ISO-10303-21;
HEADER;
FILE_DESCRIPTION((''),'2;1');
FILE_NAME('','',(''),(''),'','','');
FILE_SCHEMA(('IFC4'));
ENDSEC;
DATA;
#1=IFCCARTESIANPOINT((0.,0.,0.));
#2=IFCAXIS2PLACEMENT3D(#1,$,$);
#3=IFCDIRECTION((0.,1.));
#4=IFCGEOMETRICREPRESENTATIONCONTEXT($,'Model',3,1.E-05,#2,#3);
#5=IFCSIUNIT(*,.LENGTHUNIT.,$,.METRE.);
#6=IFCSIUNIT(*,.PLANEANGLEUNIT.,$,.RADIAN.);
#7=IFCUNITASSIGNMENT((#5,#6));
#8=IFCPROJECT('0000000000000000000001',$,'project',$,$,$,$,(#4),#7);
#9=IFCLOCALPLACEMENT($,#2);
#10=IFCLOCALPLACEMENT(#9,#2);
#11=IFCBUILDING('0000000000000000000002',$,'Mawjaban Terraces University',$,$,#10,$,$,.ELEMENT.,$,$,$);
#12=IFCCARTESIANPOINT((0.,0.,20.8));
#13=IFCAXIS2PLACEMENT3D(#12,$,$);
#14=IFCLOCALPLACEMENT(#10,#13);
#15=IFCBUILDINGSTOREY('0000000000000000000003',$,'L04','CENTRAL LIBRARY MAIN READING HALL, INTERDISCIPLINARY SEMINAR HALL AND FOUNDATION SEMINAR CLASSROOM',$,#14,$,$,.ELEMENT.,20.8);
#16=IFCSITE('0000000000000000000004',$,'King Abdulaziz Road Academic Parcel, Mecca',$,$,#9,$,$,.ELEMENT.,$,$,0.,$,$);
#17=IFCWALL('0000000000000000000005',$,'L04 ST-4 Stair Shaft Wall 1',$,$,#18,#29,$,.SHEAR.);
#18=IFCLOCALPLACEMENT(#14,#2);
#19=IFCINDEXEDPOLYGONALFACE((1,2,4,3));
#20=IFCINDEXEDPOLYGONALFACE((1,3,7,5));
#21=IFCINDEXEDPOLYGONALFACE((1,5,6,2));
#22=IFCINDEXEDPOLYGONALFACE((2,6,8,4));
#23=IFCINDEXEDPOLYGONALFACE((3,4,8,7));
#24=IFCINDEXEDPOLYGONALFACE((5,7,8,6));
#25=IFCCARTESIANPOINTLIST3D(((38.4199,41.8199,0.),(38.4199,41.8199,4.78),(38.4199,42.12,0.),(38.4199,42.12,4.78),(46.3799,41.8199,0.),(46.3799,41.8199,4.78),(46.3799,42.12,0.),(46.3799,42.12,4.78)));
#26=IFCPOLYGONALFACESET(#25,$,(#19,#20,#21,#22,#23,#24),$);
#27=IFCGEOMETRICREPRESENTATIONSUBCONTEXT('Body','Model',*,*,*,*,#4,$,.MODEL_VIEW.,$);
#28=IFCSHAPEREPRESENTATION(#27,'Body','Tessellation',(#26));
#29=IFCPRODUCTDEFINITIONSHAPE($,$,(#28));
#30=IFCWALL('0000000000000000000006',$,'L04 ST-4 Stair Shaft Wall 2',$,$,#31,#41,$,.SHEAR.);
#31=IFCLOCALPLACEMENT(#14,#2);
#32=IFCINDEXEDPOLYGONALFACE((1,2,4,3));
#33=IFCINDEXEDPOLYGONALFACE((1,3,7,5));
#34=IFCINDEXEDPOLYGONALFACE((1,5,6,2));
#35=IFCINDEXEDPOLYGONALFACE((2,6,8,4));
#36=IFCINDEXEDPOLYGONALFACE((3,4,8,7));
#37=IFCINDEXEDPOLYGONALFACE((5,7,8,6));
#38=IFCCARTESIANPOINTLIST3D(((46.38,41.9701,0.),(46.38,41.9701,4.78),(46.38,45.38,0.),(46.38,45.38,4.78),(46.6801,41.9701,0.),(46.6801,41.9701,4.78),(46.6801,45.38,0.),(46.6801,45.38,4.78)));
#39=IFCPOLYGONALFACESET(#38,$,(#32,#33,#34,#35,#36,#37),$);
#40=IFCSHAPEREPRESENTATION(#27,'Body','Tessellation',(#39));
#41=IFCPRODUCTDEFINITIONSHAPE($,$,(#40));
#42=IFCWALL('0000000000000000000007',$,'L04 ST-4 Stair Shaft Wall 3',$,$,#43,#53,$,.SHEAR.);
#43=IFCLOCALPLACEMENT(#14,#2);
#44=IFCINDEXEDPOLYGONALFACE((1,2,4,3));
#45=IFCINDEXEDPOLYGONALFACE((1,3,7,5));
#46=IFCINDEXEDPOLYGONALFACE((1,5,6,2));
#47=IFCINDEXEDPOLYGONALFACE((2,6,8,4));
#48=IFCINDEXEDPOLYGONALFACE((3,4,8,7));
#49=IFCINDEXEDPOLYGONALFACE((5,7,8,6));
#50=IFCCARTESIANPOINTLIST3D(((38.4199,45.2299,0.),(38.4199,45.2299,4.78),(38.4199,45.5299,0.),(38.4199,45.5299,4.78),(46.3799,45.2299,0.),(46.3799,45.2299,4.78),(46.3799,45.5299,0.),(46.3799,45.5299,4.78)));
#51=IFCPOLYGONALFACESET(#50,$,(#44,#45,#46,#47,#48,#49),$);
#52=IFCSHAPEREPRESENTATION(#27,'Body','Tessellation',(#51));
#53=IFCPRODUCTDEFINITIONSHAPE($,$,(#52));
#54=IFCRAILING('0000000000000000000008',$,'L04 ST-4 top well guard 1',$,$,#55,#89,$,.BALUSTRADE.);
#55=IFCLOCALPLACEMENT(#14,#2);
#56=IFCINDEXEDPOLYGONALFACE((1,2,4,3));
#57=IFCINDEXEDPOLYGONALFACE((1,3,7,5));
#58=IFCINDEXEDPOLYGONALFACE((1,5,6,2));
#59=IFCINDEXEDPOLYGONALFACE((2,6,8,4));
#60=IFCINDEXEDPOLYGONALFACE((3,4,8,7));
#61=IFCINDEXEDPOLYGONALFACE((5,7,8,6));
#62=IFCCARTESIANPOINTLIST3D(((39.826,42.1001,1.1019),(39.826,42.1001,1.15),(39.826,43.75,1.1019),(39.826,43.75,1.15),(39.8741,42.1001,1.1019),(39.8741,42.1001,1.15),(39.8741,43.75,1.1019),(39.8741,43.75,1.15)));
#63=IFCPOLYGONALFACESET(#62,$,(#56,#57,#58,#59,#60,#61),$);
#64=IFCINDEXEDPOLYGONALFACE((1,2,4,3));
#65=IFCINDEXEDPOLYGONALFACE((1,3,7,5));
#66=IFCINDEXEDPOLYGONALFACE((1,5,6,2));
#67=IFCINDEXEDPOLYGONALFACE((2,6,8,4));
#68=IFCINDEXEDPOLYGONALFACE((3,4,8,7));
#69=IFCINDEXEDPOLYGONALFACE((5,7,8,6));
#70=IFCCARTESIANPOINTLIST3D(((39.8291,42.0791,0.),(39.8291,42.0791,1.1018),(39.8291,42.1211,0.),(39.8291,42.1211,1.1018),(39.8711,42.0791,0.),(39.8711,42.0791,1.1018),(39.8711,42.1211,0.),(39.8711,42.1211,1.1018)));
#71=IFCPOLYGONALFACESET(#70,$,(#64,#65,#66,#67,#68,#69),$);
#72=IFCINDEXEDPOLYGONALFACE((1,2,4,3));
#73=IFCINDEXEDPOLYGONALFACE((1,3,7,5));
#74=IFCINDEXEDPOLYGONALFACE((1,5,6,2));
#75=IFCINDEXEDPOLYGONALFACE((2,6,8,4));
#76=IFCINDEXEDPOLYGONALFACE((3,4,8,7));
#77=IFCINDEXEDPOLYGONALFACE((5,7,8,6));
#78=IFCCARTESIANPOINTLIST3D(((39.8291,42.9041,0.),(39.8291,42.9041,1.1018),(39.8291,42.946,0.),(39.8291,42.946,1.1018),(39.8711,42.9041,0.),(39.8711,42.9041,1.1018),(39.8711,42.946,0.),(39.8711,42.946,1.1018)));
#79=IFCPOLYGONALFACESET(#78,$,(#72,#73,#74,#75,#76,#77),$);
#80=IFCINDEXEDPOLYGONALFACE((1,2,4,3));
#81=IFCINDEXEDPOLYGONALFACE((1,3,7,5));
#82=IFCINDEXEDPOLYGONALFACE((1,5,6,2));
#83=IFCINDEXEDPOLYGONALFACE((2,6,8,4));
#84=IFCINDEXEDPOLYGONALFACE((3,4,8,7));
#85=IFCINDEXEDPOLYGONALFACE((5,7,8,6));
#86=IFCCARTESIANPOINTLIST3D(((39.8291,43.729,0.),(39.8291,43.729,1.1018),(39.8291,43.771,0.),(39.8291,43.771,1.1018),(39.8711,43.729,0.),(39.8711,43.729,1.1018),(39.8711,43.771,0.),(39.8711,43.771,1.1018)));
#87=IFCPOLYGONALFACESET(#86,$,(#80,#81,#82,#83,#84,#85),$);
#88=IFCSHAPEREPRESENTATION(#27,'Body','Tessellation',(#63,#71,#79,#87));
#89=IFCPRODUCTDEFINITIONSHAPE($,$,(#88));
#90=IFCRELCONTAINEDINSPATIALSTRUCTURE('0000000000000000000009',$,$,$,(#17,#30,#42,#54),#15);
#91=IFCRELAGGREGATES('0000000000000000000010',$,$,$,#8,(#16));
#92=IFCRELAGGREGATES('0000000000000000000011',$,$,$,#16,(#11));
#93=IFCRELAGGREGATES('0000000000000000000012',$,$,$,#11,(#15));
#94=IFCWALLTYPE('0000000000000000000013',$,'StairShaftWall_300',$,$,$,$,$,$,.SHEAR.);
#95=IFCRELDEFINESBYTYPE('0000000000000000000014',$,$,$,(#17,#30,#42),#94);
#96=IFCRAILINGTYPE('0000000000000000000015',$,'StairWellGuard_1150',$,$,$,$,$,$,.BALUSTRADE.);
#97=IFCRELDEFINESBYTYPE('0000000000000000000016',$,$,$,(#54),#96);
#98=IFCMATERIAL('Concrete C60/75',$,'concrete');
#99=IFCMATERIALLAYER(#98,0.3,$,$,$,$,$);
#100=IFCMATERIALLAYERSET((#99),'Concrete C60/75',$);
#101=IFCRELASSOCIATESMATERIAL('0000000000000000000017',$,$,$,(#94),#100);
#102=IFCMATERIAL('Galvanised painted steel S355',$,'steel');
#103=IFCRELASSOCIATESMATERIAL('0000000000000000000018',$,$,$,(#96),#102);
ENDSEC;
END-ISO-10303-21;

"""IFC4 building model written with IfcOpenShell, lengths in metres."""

from ifc_helpers import new_model, si_unit, direction, frame, frame_2d, origin, origin_2d, place, context, subcontext, project, spatial, rectangle, extrude, material, layer, layer_set, type_object, element, save


model = new_model("IFC4")

# Units and contexts
model_context = context("Model", 3, precision=1e-05, world=origin(), true_north=direction((0.0, 1.0)))
body_context = subcontext(model_context, "Body", "Model", "MODEL_VIEW")
ifc_project = project(units=[si_unit("LENGTHUNIT", "METRE"), si_unit("PLANEANGLEUNIT", "RADIAN")], contexts=[model_context])

# Site, building, storey
site_placement = place(None, origin())
site = spatial("IfcSite", under=ifc_project, at=site_placement, Name="King Abdulaziz Road Academic Parcel, Mecca", CompositionType="ELEMENT", RefElevation=0.0)
building_placement = place(site_placement, origin())
building = spatial("IfcBuilding", under=site, at=building_placement, Name="Mawjaban Terraces University", CompositionType="ELEMENT")
storey_placement = place(building_placement, frame((0.0, 0.0, 20.8)))
storey = spatial("IfcBuildingStorey", under=building, at=storey_placement, Name="L04", Description="CENTRAL LIBRARY MAIN READING HALL, INTERDISCIPLINARY SEMINAR HALL AND FOUNDATION SEMINAR CLASSROOM", CompositionType="ELEMENT", Elevation=20.8)

# Walls
ifc_material_1 = material(Name="Concrete C60/75", Category="concrete")
ifc_layer_1 = layer(ifc_material_1, 0.3)
ifc_layer_set_1 = layer_set([ifc_layer_1], Name="Concrete C60/75")
wall_type_1 = type_object("IfcWallType", Name="StairShaftWall_300", PredefinedType="SHEAR", material=ifc_layer_set_1)
wall_1_placement = place(storey_placement, frame((38.4199, 41.97, 0.0), z_axis=(0.0, 0.0, 1.0), x_axis=(1.0, 0.0, 0.0)))
element("IfcWall", 1, at=wall_1_placement, inside=storey, type_object=wall_type_1, Name="L04 ST-4 Stair Shaft Wall 1", PredefinedType="SHEAR", context=body_context, shape_type="SweptSolid", body=[
    extrude(rectangle(XDim=7.96, YDim=0.3, at=frame_2d((3.98, 0.0))), origin(), (0.0, 0.0, 1.0), 4.78),
])
wall_2_placement = place(storey_placement, frame((46.53, 41.97, 0.0), z_axis=(0.0, 0.0, 1.0), x_axis=(0.0, 1.0, 0.0)))
element("IfcWall", 2, at=wall_2_placement, inside=storey, type_object=wall_type_1, Name="L04 ST-4 Stair Shaft Wall 2", PredefinedType="SHEAR", context=body_context, shape_type="SweptSolid", body=[
    extrude(rectangle(XDim=3.4099, YDim=0.3, at=frame_2d((1.7051, 0.0))), origin(), (0.0, 0.0, 1.0), 4.78),
])
wall_3_placement = place(storey_placement, frame((46.3799, 45.3799, 0.0), z_axis=(0.0, 0.0, 1.0), x_axis=(-1.0, 0.0, 0.0)))
element("IfcWall", 3, at=wall_3_placement, inside=storey, type_object=wall_type_1, Name="L04 ST-4 Stair Shaft Wall 3", PredefinedType="SHEAR", context=body_context, shape_type="SweptSolid", body=[
    extrude(rectangle(XDim=7.96, YDim=0.3, at=frame_2d((3.98, 0.0))), origin(), (0.0, 0.0, 1.0), 4.78),
])

# Railing
ifc_material_2 = material(Name="Galvanised painted steel S355", Category="steel")
railing_type = type_object("IfcRailingType", Name="StairWellGuard_1150", PredefinedType="BALUSTRADE", material=ifc_material_2)
railing_placement = place(storey_placement, frame((39.8501, 42.1001, 0.0)))
element("IfcRailing", 4, at=railing_placement, inside=storey, type_object=railing_type, Name="L04 ST-4 top well guard 1", PredefinedType="BALUSTRADE", context=body_context, shape_type="SweptSolid", body=[
    extrude(rectangle(XDim=0.0481, YDim=0.0481, at=origin_2d()), frame((0.0, 0.0, 1.126), z_axis=(0.0, 1.0, 0.0), x_axis=(-1.0, 0.0, 0.0)), (0.0, 0.0, 1.0), 1.6499),
    extrude(rectangle(XDim=0.042, YDim=0.042, at=origin_2d()), origin(), (0.0, 0.0, 1.0), 1.1018),
    extrude(rectangle(XDim=0.042, YDim=0.042, at=origin_2d()), frame((0.0, 0.825, 0.0)), (0.0, 0.0, 1.0), 1.1018),
    extrude(rectangle(XDim=0.042, YDim=0.042, at=origin_2d()), frame((0.0, 1.6499, 0.0)), (0.0, 0.0, 1.0), 1.1018),
])

save(model, "model.ifc")
